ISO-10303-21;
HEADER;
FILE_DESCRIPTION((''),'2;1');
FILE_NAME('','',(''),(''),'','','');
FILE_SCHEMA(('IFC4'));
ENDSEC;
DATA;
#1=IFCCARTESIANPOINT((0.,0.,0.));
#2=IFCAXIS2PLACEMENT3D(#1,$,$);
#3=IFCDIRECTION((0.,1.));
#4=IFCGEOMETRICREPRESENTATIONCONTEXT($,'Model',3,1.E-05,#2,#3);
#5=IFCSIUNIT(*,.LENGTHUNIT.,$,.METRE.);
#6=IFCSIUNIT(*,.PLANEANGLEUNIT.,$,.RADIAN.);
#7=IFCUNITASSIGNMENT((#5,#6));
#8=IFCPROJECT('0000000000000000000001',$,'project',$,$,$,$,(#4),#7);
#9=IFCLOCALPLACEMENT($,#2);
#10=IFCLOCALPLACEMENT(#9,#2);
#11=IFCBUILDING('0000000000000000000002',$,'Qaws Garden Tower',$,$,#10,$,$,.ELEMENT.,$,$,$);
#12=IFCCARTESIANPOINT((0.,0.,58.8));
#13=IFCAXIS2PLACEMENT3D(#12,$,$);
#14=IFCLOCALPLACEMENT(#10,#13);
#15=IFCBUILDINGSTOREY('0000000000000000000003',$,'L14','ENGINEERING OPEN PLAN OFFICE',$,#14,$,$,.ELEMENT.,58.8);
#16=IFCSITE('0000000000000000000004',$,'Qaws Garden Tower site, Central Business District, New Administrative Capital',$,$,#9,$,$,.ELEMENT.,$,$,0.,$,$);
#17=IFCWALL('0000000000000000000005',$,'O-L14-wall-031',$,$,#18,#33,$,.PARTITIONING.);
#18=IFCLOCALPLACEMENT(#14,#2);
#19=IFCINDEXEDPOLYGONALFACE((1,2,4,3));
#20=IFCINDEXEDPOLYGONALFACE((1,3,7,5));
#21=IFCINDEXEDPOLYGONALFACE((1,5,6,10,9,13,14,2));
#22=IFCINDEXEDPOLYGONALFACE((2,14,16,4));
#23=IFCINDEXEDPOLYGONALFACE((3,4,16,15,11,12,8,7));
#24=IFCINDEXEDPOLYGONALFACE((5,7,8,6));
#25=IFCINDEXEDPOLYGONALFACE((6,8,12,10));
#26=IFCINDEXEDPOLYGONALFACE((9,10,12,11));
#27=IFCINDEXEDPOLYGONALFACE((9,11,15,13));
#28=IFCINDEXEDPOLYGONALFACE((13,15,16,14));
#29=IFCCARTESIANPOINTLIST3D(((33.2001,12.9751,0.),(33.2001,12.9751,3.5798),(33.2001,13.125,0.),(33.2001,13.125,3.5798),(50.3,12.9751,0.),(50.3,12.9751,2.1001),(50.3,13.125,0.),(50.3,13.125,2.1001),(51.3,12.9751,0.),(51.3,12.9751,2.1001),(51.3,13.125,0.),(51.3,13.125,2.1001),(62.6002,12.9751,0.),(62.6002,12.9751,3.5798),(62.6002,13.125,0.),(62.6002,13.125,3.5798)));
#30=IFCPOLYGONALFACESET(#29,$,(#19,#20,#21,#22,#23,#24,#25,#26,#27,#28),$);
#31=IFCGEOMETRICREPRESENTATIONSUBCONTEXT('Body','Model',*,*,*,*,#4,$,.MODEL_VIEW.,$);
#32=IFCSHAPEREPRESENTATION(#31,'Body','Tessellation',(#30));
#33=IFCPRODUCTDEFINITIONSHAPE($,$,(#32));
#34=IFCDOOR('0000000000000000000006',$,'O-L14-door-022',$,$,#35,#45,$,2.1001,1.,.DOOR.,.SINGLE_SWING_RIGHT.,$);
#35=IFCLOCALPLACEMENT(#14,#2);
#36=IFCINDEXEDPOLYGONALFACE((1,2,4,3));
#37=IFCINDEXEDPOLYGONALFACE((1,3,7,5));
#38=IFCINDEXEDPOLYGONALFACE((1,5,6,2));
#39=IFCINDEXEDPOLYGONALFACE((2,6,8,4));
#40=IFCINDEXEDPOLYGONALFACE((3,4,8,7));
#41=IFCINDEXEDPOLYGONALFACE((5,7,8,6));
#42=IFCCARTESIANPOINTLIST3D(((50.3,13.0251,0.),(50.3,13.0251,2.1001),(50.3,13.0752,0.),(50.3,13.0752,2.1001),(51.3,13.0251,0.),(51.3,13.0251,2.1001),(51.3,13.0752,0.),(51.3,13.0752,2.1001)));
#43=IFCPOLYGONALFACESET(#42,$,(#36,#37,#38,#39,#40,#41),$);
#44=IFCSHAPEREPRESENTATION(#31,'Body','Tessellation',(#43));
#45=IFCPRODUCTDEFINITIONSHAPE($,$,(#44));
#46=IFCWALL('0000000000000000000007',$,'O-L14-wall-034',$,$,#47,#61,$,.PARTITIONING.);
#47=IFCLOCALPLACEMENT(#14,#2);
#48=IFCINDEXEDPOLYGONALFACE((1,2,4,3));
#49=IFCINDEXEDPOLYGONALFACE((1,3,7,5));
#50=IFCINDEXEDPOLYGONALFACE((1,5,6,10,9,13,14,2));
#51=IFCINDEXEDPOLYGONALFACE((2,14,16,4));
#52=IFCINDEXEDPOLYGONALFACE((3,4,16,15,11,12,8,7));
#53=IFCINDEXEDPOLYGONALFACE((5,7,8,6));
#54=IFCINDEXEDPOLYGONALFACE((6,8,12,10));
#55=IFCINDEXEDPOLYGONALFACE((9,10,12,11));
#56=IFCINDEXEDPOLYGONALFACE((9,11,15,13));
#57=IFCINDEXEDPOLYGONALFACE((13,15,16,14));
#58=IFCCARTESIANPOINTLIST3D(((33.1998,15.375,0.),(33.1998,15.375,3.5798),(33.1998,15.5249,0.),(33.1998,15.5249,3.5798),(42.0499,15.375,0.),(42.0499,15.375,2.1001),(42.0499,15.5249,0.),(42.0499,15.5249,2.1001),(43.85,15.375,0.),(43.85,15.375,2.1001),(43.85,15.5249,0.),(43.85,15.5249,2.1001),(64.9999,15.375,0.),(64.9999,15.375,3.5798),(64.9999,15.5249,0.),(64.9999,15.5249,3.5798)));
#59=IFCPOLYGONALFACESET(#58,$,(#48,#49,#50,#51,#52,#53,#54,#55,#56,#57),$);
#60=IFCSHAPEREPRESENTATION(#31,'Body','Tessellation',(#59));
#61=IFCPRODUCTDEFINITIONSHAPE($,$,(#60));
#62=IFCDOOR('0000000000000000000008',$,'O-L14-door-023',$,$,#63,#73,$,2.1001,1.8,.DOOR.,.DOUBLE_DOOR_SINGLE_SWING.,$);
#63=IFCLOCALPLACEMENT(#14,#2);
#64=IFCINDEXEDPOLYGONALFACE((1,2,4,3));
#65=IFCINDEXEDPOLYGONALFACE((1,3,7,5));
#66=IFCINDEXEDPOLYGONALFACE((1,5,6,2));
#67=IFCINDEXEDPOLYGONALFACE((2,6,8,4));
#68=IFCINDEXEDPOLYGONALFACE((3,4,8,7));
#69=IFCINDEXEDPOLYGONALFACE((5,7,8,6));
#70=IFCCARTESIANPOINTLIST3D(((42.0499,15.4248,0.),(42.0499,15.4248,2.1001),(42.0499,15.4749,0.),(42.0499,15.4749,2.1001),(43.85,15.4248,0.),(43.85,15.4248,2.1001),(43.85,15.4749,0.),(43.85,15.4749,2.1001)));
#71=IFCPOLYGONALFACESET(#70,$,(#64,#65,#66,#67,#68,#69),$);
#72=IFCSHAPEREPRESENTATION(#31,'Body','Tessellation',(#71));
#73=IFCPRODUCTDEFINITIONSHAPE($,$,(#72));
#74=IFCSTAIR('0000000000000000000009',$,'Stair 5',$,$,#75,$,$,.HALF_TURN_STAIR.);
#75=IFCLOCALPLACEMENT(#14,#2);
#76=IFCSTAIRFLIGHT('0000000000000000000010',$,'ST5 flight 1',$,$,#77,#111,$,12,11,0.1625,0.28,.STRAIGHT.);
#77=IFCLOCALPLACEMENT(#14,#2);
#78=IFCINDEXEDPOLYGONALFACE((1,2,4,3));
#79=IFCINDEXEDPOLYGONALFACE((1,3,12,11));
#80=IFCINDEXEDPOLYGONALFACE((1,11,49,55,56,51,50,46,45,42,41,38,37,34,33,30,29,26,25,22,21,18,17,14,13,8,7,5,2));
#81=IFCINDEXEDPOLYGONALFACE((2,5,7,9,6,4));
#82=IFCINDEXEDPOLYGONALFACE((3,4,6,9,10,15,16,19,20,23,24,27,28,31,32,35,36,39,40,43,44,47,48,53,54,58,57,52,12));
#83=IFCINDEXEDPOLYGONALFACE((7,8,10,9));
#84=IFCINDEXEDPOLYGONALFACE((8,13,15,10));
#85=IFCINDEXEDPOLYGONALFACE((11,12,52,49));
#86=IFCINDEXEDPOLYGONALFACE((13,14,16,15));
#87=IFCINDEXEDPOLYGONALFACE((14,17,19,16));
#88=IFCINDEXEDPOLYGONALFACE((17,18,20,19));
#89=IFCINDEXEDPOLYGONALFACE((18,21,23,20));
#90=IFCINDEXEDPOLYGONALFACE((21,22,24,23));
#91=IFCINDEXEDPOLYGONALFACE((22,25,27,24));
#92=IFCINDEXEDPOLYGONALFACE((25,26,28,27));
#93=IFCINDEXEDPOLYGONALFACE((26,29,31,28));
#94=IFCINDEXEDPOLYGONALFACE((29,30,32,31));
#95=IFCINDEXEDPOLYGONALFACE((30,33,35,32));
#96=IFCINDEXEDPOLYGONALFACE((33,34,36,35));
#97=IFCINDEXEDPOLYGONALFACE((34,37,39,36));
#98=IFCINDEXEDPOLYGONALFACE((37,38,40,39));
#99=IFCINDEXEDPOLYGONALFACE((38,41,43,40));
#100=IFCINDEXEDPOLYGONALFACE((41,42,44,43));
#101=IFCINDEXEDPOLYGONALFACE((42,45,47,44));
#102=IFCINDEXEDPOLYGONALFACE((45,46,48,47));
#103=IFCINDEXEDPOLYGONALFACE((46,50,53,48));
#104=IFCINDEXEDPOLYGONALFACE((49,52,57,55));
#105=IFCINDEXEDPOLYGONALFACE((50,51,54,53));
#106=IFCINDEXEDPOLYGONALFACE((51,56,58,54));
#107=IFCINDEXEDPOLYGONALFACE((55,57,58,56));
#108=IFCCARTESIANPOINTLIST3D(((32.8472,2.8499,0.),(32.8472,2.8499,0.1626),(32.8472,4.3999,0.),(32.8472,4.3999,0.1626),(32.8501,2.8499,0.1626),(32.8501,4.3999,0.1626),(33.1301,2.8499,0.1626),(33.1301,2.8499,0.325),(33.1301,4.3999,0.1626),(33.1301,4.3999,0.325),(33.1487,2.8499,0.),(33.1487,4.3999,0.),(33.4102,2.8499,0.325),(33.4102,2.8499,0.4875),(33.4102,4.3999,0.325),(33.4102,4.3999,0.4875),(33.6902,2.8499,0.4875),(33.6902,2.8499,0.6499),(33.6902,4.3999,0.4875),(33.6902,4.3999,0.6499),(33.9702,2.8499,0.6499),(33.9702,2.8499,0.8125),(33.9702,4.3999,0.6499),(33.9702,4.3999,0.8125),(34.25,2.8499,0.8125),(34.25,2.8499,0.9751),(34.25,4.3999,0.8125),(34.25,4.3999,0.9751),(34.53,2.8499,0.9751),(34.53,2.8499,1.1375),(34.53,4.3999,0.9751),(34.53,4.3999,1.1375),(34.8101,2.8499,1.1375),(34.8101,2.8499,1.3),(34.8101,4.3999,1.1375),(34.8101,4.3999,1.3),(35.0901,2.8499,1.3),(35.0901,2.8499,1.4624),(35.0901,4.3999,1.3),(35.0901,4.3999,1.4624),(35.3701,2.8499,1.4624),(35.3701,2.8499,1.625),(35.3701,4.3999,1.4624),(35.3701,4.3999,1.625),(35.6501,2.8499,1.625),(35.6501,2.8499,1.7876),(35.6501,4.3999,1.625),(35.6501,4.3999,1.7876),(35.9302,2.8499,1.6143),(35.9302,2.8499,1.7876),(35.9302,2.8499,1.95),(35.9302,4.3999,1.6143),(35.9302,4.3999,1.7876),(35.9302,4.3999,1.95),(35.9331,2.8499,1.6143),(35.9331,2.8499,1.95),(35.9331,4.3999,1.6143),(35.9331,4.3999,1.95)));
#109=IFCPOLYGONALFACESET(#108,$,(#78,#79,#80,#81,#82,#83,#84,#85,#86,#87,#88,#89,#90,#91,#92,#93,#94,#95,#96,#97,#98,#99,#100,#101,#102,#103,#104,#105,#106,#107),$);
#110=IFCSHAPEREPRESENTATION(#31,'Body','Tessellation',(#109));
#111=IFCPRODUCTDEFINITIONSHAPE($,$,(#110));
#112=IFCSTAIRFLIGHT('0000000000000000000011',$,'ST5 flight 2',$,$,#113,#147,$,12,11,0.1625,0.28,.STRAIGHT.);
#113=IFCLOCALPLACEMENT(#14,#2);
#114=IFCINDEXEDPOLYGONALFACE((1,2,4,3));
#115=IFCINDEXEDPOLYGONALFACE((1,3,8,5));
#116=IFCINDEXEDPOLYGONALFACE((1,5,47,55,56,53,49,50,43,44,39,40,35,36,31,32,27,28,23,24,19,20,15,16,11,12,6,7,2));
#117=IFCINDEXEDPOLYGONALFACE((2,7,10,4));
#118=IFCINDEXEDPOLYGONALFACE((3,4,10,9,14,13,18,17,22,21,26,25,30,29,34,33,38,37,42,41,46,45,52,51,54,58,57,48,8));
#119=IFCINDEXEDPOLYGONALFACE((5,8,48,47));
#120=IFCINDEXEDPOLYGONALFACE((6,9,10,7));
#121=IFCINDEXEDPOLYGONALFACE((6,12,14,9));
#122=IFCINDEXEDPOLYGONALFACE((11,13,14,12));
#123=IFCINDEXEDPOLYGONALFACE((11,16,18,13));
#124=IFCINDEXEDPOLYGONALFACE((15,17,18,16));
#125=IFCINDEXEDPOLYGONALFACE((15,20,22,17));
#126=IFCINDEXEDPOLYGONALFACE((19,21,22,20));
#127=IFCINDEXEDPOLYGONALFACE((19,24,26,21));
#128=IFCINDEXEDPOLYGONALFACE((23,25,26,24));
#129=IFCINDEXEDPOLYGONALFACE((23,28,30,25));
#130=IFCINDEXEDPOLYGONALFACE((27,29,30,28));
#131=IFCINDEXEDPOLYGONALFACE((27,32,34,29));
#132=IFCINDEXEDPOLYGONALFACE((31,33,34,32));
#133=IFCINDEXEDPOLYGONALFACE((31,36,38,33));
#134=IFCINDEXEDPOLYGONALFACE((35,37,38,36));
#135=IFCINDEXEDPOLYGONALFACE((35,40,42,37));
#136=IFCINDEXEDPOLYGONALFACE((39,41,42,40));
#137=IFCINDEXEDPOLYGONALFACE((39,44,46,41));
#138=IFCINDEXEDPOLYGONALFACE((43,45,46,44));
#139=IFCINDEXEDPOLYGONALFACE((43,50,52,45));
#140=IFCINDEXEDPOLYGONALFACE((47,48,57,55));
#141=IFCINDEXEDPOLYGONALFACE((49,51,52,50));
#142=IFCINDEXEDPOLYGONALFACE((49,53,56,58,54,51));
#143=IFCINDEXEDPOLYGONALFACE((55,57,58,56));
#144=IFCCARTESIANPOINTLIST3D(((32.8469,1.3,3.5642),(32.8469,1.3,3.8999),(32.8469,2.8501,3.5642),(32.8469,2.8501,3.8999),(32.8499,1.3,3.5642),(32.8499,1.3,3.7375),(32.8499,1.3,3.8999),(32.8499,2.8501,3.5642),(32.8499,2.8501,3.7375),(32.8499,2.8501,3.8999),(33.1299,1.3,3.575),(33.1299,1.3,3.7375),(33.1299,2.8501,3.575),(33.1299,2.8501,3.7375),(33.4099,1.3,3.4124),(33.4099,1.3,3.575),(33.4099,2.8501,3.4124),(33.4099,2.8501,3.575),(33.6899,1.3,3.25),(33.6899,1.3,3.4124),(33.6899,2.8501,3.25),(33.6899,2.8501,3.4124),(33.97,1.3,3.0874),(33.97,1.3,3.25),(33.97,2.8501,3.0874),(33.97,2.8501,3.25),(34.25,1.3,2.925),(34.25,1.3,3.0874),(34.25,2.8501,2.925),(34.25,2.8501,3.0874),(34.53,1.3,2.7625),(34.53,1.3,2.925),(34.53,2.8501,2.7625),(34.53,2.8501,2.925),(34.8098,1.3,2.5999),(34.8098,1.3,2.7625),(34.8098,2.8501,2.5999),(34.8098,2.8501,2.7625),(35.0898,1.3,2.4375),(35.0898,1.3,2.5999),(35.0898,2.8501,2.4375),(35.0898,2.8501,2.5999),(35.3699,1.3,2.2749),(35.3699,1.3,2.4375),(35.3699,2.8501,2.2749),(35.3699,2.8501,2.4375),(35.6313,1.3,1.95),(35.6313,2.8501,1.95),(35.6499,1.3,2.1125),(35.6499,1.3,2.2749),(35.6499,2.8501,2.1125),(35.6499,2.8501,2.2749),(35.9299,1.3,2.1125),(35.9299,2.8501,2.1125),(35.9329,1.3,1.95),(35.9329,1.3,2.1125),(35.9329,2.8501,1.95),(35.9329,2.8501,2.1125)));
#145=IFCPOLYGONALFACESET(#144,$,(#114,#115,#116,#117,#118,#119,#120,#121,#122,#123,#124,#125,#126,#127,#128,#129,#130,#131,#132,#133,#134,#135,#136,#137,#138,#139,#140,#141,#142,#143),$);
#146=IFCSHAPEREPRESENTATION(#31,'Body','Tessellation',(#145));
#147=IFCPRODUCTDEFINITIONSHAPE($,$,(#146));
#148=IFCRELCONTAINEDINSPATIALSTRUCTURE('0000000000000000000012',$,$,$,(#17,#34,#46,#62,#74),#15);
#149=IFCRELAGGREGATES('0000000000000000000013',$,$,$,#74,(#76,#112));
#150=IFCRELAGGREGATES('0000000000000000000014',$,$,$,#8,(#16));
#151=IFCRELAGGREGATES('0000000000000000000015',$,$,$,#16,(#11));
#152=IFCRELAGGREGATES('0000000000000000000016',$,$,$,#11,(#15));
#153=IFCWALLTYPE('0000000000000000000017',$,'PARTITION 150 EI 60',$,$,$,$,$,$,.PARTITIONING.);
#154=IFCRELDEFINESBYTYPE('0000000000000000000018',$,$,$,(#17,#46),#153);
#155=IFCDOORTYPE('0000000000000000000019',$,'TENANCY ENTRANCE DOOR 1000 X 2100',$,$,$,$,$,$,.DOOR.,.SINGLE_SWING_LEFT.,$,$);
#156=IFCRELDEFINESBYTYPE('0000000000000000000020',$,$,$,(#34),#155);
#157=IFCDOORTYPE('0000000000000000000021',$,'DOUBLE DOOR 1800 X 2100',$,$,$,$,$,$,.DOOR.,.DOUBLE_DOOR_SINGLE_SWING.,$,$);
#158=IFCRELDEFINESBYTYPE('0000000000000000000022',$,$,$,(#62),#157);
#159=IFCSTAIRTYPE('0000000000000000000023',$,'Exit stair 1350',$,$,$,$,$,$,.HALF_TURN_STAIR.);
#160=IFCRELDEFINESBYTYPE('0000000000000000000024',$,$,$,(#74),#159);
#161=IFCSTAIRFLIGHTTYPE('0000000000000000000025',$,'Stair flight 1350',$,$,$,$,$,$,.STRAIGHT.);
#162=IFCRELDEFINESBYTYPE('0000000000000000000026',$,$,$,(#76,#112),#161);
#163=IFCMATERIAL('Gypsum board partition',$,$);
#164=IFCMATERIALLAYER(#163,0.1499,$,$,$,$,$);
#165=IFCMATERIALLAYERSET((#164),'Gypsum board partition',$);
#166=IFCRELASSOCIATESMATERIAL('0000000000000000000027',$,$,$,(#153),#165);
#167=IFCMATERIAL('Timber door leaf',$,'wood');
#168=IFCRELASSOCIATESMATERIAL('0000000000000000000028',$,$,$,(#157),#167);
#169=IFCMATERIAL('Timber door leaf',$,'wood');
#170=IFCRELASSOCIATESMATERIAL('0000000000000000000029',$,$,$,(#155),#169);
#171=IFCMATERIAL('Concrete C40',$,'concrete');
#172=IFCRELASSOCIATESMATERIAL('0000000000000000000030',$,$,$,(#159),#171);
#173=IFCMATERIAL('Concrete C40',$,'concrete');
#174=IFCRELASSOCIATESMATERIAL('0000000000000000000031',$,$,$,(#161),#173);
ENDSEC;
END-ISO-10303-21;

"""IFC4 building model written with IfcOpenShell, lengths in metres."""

from ifc_helpers import new_model, si_unit, direction, frame, frame_2d, origin, place, context, subcontext, project, spatial, polyline, rectangle, outline, extrude, material, layer, layer_set, type_object, element, fill, aggregate, save


model = new_model("IFC4")

# Units and contexts
model_context = context("Model", 3, precision=1e-05, world=origin(), true_north=direction((0.0, 1.0)))
body_context = subcontext(model_context, "Body", "Model", "MODEL_VIEW")
ifc_project = project(units=[si_unit("LENGTHUNIT", "METRE"), si_unit("PLANEANGLEUNIT", "RADIAN")], contexts=[model_context])

# Site, building, storey
site_placement = place(None, origin())
site = spatial("IfcSite", under=ifc_project, at=site_placement, Name="Qaws Garden Tower site, Central Business District, New Administrative Capital", CompositionType="ELEMENT", RefElevation=0.0)
building_placement = place(site_placement, origin())
building = spatial("IfcBuilding", under=site, at=building_placement, Name="Qaws Garden Tower", CompositionType="ELEMENT")
storey_placement = place(building_placement, frame((0.0, 0.0, 58.8)))
storey = spatial("IfcBuildingStorey", under=building, at=storey_placement, Name="L14", Description="ENGINEERING OPEN PLAN OFFICE", CompositionType="ELEMENT", Elevation=58.8)

# Shared definitions
ifc_material_1 = material(Name="Gypsum board partition")
ifc_layer_1 = layer(ifc_material_1, 0.1499)
ifc_layer_set_1 = layer_set([ifc_layer_1], Name="Gypsum board partition")
wall_type_1 = type_object("IfcWallType", Name="PARTITION 150 EI 60", PredefinedType="PARTITIONING", material=ifc_layer_set_1)

# Shared definitions
ifc_material_2 = material(Name="Timber door leaf", Category="wood")
door_type_1 = type_object("IfcDoorType", Name="DOUBLE DOOR 1800 X 2100", OperationType="DOUBLE_DOOR_SINGLE_SWING", PredefinedType="DOOR", material=ifc_material_2)

# Walls, openings, doors
wall_1_placement = place(storey_placement, frame((33.2, 13.05, 0.0), z_axis=(0.0, 0.0, 1.0), x_axis=(1.0, 0.0, 0.0)))
wall_1 = element("IfcWall", 1, at=wall_1_placement, inside=storey, type_object=wall_type_1, Name="O-L14-wall-031", PredefinedType="PARTITIONING", context=body_context, shape_type="SweptSolid", body=[
    extrude(rectangle(XDim=29.4001, YDim=0.1499, at=frame_2d((14.7002, 0.0))), origin(), (0.0, 0.0, 1.0), 3.5798),
])
opening_1_placement = place(wall_1_placement, frame((17.1001, 0.0, 0.0)))
opening_1 = element("IfcOpeningElement", 2, at=opening_1_placement, cuts=wall_1, PredefinedType="OPENING", context=body_context, shape_type="SweptSolid", body=[
    extrude(rectangle(XDim=1.0, YDim=2.1001, at=frame_2d((0.5, 1.05))), frame((0.0, 0.085, 0.0), z_axis=(0.0, -1.0, 0.0), x_axis=(1.0, 0.0, 0.0)), (0.0, 0.0, 1.0), 0.1699),
])
ifc_material_3 = material(Name="Timber door leaf", Category="wood")
door_type_2 = type_object("IfcDoorType", Name="TENANCY ENTRANCE DOOR 1000 X 2100", OperationType="SINGLE_SWING_LEFT", PredefinedType="DOOR", material=ifc_material_3)
door_1_placement = place(opening_1_placement, frame((1.0, 0.0, 0.0), z_axis=(0.0, 0.0, 1.0), x_axis=(-1.0, 0.0, 0.0)))
door_1 = element("IfcDoor", 3, at=door_1_placement, inside=storey, type_object=door_type_2, Name="O-L14-door-022", OperationType="SINGLE_SWING_RIGHT", OverallHeight=2.1001, OverallWidth=1.0, PredefinedType="DOOR", context=body_context, shape_type="SweptSolid", body=[
    extrude(rectangle(XDim=1.0, YDim=2.1001, at=frame_2d((0.5, 1.05))), frame((0.0, 0.0249, 0.0), z_axis=(0.0, -1.0, 0.0), x_axis=(1.0, 0.0, 0.0)), (0.0, 0.0, 1.0), 0.05),
])
fill(opening_1, door_1)
wall_2_placement = place(storey_placement, frame((33.2, 15.45, 0.0), z_axis=(0.0, 0.0, 1.0), x_axis=(1.0, 0.0, 0.0)))
wall_2 = element("IfcWall", 4, at=wall_2_placement, inside=storey, type_object=wall_type_1, Name="O-L14-wall-034", PredefinedType="PARTITIONING", context=body_context, shape_type="SweptSolid", body=[
    extrude(rectangle(XDim=31.8, YDim=0.1499, at=frame_2d((15.8999, 0.0))), origin(), (0.0, 0.0, 1.0), 3.5798),
])
opening_2_placement = place(wall_2_placement, frame((8.8501, 0.0, 0.0)))
opening_2 = element("IfcOpeningElement", 5, at=opening_2_placement, cuts=wall_2, PredefinedType="OPENING", context=body_context, shape_type="SweptSolid", body=[
    extrude(rectangle(XDim=1.8, YDim=2.1001, at=frame_2d((0.8999, 1.05))), frame((0.0, 0.085, 0.0), z_axis=(0.0, -1.0, 0.0), x_axis=(1.0, 0.0, 0.0)), (0.0, 0.0, 1.0), 0.1699),
])
door_2_placement = place(opening_2_placement, origin())
door_2 = element("IfcDoor", 6, at=door_2_placement, inside=storey, type_object=door_type_1, Name="O-L14-door-023", OperationType="DOUBLE_DOOR_SINGLE_SWING", OverallHeight=2.1001, OverallWidth=1.8, PredefinedType="DOOR", context=body_context, shape_type="SweptSolid", body=[
    extrude(rectangle(XDim=1.8, YDim=2.1001, at=frame_2d((0.8999, 1.05))), frame((0.0, 0.0249, 0.0), z_axis=(0.0, -1.0, 0.0), x_axis=(1.0, 0.0, 0.0)), (0.0, 0.0, 1.0), 0.05),
])
fill(opening_2, door_2)

# Stair, stair flights
ifc_material_4 = material(Name="Concrete C40", Category="concrete")
stair_type = type_object("IfcStairType", Name="Exit stair 1350", PredefinedType="HALF_TURN_STAIR", material=ifc_material_4)
stair_placement = place(storey_placement, origin())
stair = element("IfcStair", 7, at=stair_placement, inside=storey, type_object=stair_type, Name="Stair 5", PredefinedType="HALF_TURN_STAIR")
ifc_material_5 = material(Name="Concrete C40", Category="concrete")
stair_flight_type = type_object("IfcStairFlightType", Name="Stair flight 1350", PredefinedType="STRAIGHT", material=ifc_material_5)
stair_flight_1_placement = place(storey_placement, frame((32.8501, 3.625, 0.0), z_axis=(0.0, 0.0, 1.0), x_axis=(1.0, 0.0, 0.0)))
stair_flight_1 = element("IfcStairFlight", 8, at=stair_flight_1_placement, type_object=stair_flight_type, Name="ST5 flight 1", NumberOfRisers=12, NumberOfTreads=11, PredefinedType="STRAIGHT", RiserHeight=0.1625, TreadLength=0.28, context=body_context, shape_type="SweptSolid", body=[
    extrude(outline(polyline([(-0.0029, 0.0), (-0.0029, 0.1626), (0.0, 0.1626), (0.28, 0.1626), (0.28, 0.325), (0.5601, 0.325), (0.5601, 0.4875), (0.8401, 0.4875), (0.8401, 0.6499), (1.1201, 0.6499), (1.1201, 0.8125), (1.3999, 0.8125), (1.3999, 0.9751), (1.6799, 0.9751), (1.6799, 1.1375), (1.96, 1.1375), (1.96, 1.3), (2.24, 1.3), (2.24, 1.4624), (2.52, 1.4624), (2.52, 1.625), (2.8, 1.625), (2.8, 1.7876), (3.0801, 1.7876), (3.0801, 1.95), (3.083, 1.95), (3.083, 1.6143), (3.0801, 1.6143), (0.2986, 0.0), (-0.0029, 0.0)])), frame((0.0, 0.7749, 0.0), z_axis=(0.0, -1.0, 0.0), x_axis=(1.0, 0.0, 0.0)), (0.0, 0.0, 1.0), 1.55),
])
stair_flight_2_placement = place(storey_placement, frame((35.9299, 2.075, 1.95), z_axis=(0.0, 0.0, 1.0), x_axis=(-1.0, 0.0, 0.0)))
stair_flight_2 = element("IfcStairFlight", 9, at=stair_flight_2_placement, type_object=stair_flight_type, Name="ST5 flight 2", NumberOfRisers=12, NumberOfTreads=11, PredefinedType="STRAIGHT", RiserHeight=0.1625, TreadLength=0.28, context=body_context, shape_type="SweptSolid", body=[
    extrude(outline(polyline([(-0.0029, 0.0), (-0.0029, 0.1626), (0.0, 0.1626), (0.28, 0.1626), (0.28, 0.325), (0.5601, 0.325), (0.5601, 0.4875), (0.8401, 0.4875), (0.8401, 0.6499), (1.1201, 0.6499), (1.1201, 0.8125), (1.3999, 0.8125), (1.3999, 0.9751), (1.6799, 0.9751), (1.6799, 1.1375), (1.96, 1.1375), (1.96, 1.3), (2.24, 1.3), (2.24, 1.4624), (2.52, 1.4624), (2.52, 1.625), (2.8, 1.625), (2.8, 1.7876), (3.0801, 1.7876), (3.0801, 1.95), (3.083, 1.95), (3.083, 1.6143), (3.0801, 1.6143), (0.2986, 0.0), (-0.0029, 0.0)])), frame((0.0, 0.7749, 0.0), z_axis=(0.0, -1.0, 0.0), x_axis=(1.0, 0.0, 0.0)), (0.0, 0.0, 1.0), 1.55),
])
aggregate(stair, [stair_flight_1, stair_flight_2])

save(model, "model.ifc")
